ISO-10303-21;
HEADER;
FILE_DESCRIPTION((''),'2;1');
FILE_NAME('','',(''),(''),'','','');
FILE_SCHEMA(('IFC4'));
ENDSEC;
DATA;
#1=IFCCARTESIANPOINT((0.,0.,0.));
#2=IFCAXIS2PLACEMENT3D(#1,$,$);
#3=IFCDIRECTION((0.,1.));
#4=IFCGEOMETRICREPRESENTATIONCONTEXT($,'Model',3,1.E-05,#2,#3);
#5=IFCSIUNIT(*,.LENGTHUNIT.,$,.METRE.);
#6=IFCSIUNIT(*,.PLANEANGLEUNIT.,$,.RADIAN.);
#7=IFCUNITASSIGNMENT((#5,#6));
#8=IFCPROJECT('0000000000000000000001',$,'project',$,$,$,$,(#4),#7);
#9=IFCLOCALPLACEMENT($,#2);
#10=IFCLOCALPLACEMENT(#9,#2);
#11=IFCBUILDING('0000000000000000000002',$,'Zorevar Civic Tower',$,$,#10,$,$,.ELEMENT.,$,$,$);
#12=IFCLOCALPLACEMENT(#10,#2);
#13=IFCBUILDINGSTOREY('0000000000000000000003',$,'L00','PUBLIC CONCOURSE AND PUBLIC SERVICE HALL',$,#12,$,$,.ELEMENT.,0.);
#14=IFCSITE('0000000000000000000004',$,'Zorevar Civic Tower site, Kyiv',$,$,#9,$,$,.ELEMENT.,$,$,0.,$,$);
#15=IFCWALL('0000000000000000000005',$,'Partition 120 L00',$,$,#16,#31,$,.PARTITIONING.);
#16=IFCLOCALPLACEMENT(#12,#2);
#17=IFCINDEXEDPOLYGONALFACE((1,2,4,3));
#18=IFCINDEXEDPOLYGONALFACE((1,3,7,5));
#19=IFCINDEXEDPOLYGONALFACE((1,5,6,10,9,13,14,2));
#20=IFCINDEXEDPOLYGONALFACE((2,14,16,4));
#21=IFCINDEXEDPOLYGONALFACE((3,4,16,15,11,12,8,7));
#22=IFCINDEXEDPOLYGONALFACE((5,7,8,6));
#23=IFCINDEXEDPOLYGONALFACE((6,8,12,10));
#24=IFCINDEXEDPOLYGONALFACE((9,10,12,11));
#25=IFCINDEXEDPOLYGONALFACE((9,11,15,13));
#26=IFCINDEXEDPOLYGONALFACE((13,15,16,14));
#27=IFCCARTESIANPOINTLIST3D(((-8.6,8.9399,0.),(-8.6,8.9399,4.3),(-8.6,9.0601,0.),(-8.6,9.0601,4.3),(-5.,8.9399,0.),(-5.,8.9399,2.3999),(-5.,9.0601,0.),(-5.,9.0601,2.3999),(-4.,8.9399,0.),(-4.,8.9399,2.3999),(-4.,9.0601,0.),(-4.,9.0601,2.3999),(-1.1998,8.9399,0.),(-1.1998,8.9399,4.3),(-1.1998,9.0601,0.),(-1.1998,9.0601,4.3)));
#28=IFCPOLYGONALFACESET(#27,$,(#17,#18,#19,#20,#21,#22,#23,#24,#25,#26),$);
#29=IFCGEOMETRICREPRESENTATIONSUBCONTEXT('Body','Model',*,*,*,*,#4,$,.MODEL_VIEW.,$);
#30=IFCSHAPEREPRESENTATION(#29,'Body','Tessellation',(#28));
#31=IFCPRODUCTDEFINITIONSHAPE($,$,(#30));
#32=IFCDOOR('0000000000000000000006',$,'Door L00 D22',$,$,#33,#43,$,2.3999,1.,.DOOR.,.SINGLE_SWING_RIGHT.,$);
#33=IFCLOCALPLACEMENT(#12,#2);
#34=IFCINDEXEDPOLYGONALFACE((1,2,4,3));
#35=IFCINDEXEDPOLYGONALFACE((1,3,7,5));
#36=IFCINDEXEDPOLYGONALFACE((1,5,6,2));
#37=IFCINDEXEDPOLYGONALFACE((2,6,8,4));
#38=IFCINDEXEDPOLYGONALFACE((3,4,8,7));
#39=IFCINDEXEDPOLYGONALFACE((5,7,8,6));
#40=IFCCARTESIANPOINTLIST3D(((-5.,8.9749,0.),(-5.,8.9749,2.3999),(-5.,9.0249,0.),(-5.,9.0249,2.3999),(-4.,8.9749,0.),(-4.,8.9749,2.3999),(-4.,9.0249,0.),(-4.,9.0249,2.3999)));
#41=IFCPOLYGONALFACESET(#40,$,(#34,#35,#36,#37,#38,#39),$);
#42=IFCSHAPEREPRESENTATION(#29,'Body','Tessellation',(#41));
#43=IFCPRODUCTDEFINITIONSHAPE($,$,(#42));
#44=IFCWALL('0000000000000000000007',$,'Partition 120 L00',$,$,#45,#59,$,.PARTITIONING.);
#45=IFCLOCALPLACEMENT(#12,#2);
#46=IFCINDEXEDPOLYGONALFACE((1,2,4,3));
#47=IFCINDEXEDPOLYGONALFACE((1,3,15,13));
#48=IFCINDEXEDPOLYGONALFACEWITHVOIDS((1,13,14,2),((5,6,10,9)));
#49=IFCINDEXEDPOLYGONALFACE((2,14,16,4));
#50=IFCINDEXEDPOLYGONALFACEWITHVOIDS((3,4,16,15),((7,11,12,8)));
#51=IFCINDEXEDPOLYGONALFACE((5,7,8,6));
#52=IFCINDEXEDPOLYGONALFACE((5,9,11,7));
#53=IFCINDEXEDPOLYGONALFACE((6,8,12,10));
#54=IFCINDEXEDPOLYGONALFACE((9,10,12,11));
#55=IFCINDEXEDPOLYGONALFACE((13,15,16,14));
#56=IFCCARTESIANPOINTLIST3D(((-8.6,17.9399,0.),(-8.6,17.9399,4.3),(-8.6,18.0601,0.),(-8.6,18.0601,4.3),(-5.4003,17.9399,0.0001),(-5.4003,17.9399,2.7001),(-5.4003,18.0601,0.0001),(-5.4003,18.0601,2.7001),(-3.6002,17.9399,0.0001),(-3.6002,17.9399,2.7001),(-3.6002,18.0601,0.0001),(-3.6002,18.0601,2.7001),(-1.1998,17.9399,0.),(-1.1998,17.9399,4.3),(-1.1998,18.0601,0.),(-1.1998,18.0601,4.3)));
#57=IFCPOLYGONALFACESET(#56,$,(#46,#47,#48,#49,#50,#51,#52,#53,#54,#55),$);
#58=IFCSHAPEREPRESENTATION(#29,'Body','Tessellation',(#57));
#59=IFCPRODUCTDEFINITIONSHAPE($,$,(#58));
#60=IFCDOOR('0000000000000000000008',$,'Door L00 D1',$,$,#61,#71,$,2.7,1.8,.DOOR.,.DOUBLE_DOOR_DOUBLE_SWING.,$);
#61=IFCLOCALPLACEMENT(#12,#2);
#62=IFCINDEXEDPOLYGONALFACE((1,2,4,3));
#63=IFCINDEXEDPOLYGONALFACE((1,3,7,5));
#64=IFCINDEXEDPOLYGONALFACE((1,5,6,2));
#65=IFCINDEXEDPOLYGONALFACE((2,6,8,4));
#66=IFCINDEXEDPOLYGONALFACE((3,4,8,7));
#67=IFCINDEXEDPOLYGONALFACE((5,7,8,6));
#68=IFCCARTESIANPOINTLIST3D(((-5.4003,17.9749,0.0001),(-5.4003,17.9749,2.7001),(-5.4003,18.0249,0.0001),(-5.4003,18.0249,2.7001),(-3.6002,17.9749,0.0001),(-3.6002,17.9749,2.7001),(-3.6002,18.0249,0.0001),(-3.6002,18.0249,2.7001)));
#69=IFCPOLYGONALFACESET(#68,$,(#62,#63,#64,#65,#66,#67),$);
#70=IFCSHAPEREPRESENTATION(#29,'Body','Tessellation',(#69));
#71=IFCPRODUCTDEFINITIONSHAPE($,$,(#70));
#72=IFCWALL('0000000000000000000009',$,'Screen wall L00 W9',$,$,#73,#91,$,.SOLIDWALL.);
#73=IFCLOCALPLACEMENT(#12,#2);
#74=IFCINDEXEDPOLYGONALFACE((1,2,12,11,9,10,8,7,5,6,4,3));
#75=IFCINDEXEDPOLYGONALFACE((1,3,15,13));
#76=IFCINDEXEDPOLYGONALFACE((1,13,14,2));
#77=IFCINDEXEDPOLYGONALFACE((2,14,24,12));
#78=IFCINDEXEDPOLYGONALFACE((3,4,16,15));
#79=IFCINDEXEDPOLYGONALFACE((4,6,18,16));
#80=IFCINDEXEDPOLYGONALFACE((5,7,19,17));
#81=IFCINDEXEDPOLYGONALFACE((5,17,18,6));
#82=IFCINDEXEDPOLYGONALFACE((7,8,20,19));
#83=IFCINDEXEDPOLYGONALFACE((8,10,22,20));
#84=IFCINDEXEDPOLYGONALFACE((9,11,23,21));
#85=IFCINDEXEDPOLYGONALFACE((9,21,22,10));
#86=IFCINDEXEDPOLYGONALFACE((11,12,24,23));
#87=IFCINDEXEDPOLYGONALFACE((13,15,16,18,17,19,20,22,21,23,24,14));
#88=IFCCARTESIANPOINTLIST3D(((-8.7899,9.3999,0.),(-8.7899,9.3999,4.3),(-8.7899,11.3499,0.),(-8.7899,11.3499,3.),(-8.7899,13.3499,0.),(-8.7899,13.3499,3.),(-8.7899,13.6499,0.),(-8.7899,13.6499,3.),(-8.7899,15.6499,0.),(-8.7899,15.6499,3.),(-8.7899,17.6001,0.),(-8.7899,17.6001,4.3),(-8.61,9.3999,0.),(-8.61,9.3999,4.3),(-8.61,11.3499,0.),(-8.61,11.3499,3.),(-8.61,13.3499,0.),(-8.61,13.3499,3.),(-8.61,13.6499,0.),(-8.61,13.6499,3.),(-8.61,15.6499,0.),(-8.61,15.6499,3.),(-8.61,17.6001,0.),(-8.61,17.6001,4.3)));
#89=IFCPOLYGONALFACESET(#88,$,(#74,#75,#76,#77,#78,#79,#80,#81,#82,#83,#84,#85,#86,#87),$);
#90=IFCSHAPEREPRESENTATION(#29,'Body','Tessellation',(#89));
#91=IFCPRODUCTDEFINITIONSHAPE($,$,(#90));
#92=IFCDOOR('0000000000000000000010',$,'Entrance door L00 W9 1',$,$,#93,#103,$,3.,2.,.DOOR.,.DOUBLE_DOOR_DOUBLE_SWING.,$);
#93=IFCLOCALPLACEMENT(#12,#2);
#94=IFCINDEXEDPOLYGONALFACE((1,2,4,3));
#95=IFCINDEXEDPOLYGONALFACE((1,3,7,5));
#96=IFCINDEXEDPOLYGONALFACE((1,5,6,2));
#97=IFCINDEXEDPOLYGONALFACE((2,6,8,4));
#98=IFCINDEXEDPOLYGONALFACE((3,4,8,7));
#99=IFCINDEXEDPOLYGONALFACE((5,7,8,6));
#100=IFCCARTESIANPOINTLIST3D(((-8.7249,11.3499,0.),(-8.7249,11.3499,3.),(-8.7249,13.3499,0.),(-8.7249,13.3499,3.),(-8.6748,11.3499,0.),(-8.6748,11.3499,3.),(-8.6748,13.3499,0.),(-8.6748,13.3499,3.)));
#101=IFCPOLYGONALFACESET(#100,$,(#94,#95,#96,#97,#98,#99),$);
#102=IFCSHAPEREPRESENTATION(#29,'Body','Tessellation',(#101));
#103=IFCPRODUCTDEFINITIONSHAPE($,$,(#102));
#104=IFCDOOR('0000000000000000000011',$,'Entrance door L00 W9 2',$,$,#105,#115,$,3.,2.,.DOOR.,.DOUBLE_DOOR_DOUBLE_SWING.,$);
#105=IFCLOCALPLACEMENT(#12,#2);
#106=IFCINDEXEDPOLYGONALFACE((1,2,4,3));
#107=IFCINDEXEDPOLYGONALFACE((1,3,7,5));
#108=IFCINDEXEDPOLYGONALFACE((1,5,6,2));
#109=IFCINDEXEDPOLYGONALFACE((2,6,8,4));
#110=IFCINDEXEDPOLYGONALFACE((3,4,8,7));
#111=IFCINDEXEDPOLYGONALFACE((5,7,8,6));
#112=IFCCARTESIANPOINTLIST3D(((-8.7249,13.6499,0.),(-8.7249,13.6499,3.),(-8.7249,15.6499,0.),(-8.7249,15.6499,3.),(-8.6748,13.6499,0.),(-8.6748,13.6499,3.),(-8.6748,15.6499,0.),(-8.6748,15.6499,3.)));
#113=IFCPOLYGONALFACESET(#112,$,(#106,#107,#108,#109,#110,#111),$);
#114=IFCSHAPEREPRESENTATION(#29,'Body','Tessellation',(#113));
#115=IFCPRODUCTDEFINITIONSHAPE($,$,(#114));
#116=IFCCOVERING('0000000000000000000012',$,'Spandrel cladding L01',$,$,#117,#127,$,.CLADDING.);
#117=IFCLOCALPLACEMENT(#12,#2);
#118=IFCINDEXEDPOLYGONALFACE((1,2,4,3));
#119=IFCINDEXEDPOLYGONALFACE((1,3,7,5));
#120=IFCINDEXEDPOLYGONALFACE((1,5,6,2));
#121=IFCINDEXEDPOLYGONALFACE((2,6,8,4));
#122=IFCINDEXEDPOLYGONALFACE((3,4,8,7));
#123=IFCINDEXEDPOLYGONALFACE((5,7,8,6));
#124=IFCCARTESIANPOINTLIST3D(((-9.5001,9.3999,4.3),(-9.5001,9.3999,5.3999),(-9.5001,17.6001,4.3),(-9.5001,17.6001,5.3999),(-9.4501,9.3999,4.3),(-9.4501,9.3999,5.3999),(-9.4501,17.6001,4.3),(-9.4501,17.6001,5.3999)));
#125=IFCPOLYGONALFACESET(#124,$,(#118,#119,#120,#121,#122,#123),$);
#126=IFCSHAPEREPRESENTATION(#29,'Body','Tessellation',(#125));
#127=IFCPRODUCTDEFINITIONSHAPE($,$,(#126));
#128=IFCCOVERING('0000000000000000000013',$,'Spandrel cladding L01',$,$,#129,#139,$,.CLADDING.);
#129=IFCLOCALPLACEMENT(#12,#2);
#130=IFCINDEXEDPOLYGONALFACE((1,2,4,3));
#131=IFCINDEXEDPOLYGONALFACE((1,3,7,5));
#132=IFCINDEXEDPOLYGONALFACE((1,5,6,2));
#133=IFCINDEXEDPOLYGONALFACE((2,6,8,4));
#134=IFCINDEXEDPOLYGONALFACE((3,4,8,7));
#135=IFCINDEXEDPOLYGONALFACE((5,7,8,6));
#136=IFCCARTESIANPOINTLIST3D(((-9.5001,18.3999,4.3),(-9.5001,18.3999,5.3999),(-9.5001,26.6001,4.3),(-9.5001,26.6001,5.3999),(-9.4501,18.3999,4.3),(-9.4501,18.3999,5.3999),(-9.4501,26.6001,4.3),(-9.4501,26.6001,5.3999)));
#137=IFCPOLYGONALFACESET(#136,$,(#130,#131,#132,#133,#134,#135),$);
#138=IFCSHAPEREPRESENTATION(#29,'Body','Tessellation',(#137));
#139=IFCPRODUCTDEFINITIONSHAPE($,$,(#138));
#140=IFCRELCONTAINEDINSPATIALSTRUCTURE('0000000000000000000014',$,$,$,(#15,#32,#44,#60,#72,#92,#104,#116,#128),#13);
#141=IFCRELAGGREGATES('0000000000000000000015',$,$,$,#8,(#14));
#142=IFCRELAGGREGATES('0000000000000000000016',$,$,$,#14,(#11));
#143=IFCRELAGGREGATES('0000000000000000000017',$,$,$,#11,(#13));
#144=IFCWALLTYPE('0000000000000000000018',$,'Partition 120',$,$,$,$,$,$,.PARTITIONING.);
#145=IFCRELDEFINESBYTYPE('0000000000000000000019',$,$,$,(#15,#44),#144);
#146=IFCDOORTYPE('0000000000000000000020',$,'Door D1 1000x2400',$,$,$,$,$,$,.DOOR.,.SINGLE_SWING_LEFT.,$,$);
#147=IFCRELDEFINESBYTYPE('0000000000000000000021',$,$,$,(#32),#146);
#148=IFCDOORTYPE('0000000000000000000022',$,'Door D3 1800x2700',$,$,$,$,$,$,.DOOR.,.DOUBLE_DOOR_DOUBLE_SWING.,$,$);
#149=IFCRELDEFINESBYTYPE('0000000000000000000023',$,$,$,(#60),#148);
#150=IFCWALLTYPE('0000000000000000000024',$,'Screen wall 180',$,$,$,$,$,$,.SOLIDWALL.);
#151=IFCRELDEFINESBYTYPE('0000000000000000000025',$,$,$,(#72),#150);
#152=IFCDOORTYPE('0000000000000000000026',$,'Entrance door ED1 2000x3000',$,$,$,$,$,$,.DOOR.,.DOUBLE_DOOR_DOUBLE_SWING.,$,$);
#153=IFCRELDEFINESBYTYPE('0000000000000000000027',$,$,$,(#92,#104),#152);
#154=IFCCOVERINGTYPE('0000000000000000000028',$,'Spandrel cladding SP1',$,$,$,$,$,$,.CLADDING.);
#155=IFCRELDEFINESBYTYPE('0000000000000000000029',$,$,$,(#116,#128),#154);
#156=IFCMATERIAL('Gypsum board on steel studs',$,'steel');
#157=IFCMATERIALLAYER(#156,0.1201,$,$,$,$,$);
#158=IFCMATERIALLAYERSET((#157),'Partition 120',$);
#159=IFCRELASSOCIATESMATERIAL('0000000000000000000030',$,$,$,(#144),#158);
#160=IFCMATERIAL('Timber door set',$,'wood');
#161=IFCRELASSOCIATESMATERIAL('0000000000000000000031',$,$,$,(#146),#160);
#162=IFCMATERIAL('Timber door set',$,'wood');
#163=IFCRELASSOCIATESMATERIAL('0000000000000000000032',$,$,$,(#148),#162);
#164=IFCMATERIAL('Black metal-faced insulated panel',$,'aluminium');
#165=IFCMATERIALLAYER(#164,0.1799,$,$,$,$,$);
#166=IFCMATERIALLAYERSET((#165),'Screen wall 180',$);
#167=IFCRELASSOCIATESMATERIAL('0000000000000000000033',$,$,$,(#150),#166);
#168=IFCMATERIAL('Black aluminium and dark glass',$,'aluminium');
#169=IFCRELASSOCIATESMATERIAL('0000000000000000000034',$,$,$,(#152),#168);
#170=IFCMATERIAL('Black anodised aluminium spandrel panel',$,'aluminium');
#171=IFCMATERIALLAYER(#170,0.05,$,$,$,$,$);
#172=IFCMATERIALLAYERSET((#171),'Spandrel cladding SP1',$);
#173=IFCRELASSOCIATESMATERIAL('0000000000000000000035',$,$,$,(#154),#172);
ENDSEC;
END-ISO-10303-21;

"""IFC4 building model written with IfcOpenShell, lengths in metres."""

from ifc_helpers import new_model, si_unit, direction, frame, frame_2d, origin, place, context, subcontext, project, spatial, rectangle, extrude, material, layer, layer_set, type_object, element, fill, save


model = new_model("IFC4")

# Units and contexts
model_context = context("Model", 3, precision=1e-05, world=origin(), true_north=direction((0.0, 1.0)))
body_context = subcontext(model_context, "Body", "Model", "MODEL_VIEW")
ifc_project = project(units=[si_unit("LENGTHUNIT", "METRE"), si_unit("PLANEANGLEUNIT", "RADIAN")], contexts=[model_context])

# Site, building, storey
site_placement = place(None, origin())
site = spatial("IfcSite", under=ifc_project, at=site_placement, Name="Zorevar Civic Tower site, Kyiv", CompositionType="ELEMENT", RefElevation=0.0)
building_placement = place(site_placement, origin())
building = spatial("IfcBuilding", under=site, at=building_placement, Name="Zorevar Civic Tower", CompositionType="ELEMENT")
storey_placement = place(building_placement, origin())
storey = spatial("IfcBuildingStorey", under=building, at=storey_placement, Name="L00", Description="PUBLIC CONCOURSE AND PUBLIC SERVICE HALL", CompositionType="ELEMENT", Elevation=0.0)

# Walls, openings, doors
ifc_material_1 = material(Name="Gypsum board on steel studs", Category="steel")
ifc_layer_1 = layer(ifc_material_1, 0.1201)
ifc_layer_set_1 = layer_set([ifc_layer_1], Name="Partition 120")
wall_type_1 = type_object("IfcWallType", Name="Partition 120", PredefinedType="PARTITIONING", material=ifc_layer_set_1)
wall_1_placement = place(storey_placement, frame((-8.6001, 9.0, 0.0), z_axis=(0.0, 0.0, 1.0), x_axis=(1.0, 0.0, 0.0)))
wall_1 = element("IfcWall", 1, at=wall_1_placement, inside=storey, type_object=wall_type_1, Name="Partition 120 L00", PredefinedType="PARTITIONING", context=body_context, shape_type="SweptSolid", body=[
    extrude(rectangle(XDim=7.4001, YDim=0.1201, at=frame_2d((3.7002, 0.0))), origin(), (0.0, 0.0, 1.0), 4.3),
])
opening_1_placement = place(wall_1_placement, frame((3.6001, 0.0, 0.0)))
opening_1 = element("IfcOpeningElement", 2, at=opening_1_placement, cuts=wall_1, PredefinedType="OPENING", context=body_context, shape_type="SweptSolid", body=[
    extrude(rectangle(XDim=1.0, YDim=2.3999, at=frame_2d((0.5, 1.2))), frame((0.0, 0.0701, 0.0), z_axis=(0.0, -1.0, 0.0), x_axis=(1.0, 0.0, 0.0)), (0.0, 0.0, 1.0), 0.1401),
])
ifc_material_2 = material(Name="Timber door set", Category="wood")
door_type_1 = type_object("IfcDoorType", Name="Door D1 1000x2400", OperationType="SINGLE_SWING_LEFT", PredefinedType="DOOR", material=ifc_material_2)
door_1_placement = place(opening_1_placement, origin())
door_1 = element("IfcDoor", 3, at=door_1_placement, inside=storey, type_object=door_type_1, Name="Door L00 D22", OperationType="SINGLE_SWING_RIGHT", OverallHeight=2.3999, OverallWidth=1.0, PredefinedType="DOOR", context=body_context, shape_type="SweptSolid", body=[
    extrude(rectangle(XDim=1.0, YDim=2.3999, at=frame_2d((0.5, 1.2))), frame((0.0, 0.0249, 0.0), z_axis=(0.0, -1.0, 0.0), x_axis=(1.0, 0.0, 0.0)), (0.0, 0.0, 1.0), 0.05),
])
fill(opening_1, door_1)
wall_2_placement = place(storey_placement, frame((-8.6001, 18.0, 0.0), z_axis=(0.0, 0.0, 1.0), x_axis=(1.0, 0.0, 0.0)))
wall_2 = element("IfcWall", 4, at=wall_2_placement, inside=storey, type_object=wall_type_1, Name="Partition 120 L00", PredefinedType="PARTITIONING", context=body_context, shape_type="SweptSolid", body=[
    extrude(rectangle(XDim=7.4001, YDim=0.1201, at=frame_2d((3.7002, 0.0))), origin(), (0.0, 0.0, 1.0), 4.3),
])
opening_2_placement = place(wall_2_placement, frame((3.2, 0.0, 0.0)))
opening_2 = element("IfcOpeningElement", 5, at=opening_2_placement, cuts=wall_2, PredefinedType="OPENING", context=body_context, shape_type="SweptSolid", body=[
    extrude(rectangle(XDim=1.8, YDim=2.7, at=frame_2d((0.8999, 1.3501))), frame((0.0, 0.0701, 0.0), z_axis=(0.0, -1.0, 0.0), x_axis=(1.0, 0.0, 0.0)), (0.0, 0.0, 1.0), 0.1401),
])
ifc_material_3 = material(Name="Timber door set", Category="wood")
door_type_2 = type_object("IfcDoorType", Name="Door D3 1800x2700", OperationType="DOUBLE_DOOR_DOUBLE_SWING", PredefinedType="DOOR", material=ifc_material_3)
door_2_placement = place(opening_2_placement, origin())
door_2 = element("IfcDoor", 6, at=door_2_placement, inside=storey, type_object=door_type_2, Name="Door L00 D1", OperationType="DOUBLE_DOOR_DOUBLE_SWING", OverallHeight=2.7, OverallWidth=1.8, PredefinedType="DOOR", context=body_context, shape_type="SweptSolid", body=[
    extrude(rectangle(XDim=1.8, YDim=2.7, at=frame_2d((0.8999, 1.3501))), frame((0.0, 0.0249, 0.0), z_axis=(0.0, -1.0, 0.0), x_axis=(1.0, 0.0, 0.0)), (0.0, 0.0, 1.0), 0.05),
])
fill(opening_2, door_2)

# Wall, openings, doors
ifc_material_4 = material(Name="Black metal-faced insulated panel", Category="aluminium")
ifc_layer_2 = layer(ifc_material_4, 0.1799)
ifc_layer_set_2 = layer_set([ifc_layer_2], Name="Screen wall 180")
wall_type_2 = type_object("IfcWallType", Name="Screen wall 180", PredefinedType="SOLIDWALL", material=ifc_layer_set_2)
wall_3_placement = place(storey_placement, frame((-8.7, 9.3999, 0.0), z_axis=(0.0, 0.0, 1.0), x_axis=(0.0, 1.0, 0.0)))
wall_3 = element("IfcWall", 7, at=wall_3_placement, inside=storey, type_object=wall_type_2, Name="Screen wall L00 W9", PredefinedType="SOLIDWALL", context=body_context, shape_type="SweptSolid", body=[
    extrude(rectangle(XDim=8.2002, YDim=0.1799, at=frame_2d((4.1001, 0.0))), origin(), (0.0, 0.0, 1.0), 4.3),
])
opening_3_placement = place(wall_3_placement, frame((1.95, 0.0, 0.0)))
opening_3 = element("IfcOpeningElement", 8, at=opening_3_placement, cuts=wall_3, PredefinedType="OPENING", context=body_context, shape_type="SweptSolid", body=[
    extrude(rectangle(XDim=2.0, YDim=3.0, at=frame_2d((1.0, 1.5))), frame((0.0, 0.0999, 0.0), z_axis=(0.0, -1.0, 0.0), x_axis=(1.0, 0.0, 0.0)), (0.0, 0.0, 1.0), 0.2),
])
opening_4_placement = place(wall_3_placement, frame((4.25, 0.0, 0.0)))
opening_4 = element("IfcOpeningElement", 9, at=opening_4_placement, cuts=wall_3, PredefinedType="OPENING", context=body_context, shape_type="SweptSolid", body=[
    extrude(rectangle(XDim=2.0, YDim=3.0, at=frame_2d((1.0, 1.5))), frame((0.0, 0.0999, 0.0), z_axis=(0.0, -1.0, 0.0), x_axis=(1.0, 0.0, 0.0)), (0.0, 0.0, 1.0), 0.2),
])
ifc_material_5 = material(Name="Black aluminium and dark glass", Category="aluminium")
door_type_3 = type_object("IfcDoorType", Name="Entrance door ED1 2000x3000", OperationType="DOUBLE_DOOR_DOUBLE_SWING", PredefinedType="DOOR", material=ifc_material_5)
door_3_placement = place(opening_3_placement, origin())
door_3 = element("IfcDoor", 10, at=door_3_placement, inside=storey, type_object=door_type_3, Name="Entrance door L00 W9 1", OperationType="DOUBLE_DOOR_DOUBLE_SWING", OverallHeight=3.0, OverallWidth=2.0, PredefinedType="DOOR", context=body_context, shape_type="SweptSolid", body=[
    extrude(rectangle(XDim=2.0, YDim=3.0, at=frame_2d((1.0, 1.5))), frame((0.0, 0.0249, 0.0), z_axis=(0.0, -1.0, 0.0), x_axis=(1.0, 0.0, 0.0)), (0.0, 0.0, 1.0), 0.05),
])
fill(opening_3, door_3)
door_4_placement = place(opening_4_placement, origin())
door_4 = element("IfcDoor", 11, at=door_4_placement, inside=storey, type_object=door_type_3, Name="Entrance door L00 W9 2", OperationType="DOUBLE_DOOR_DOUBLE_SWING", OverallHeight=3.0, OverallWidth=2.0, PredefinedType="DOOR", context=body_context, shape_type="SweptSolid", body=[
    extrude(rectangle(XDim=2.0, YDim=3.0, at=frame_2d((1.0, 1.5))), frame((0.0, 0.0249, 0.0), z_axis=(0.0, -1.0, 0.0), x_axis=(1.0, 0.0, 0.0)), (0.0, 0.0, 1.0), 0.05),
])
fill(opening_4, door_4)

# Coverings
ifc_material_6 = material(Name="Black anodised aluminium spandrel panel", Category="aluminium")
ifc_layer_3 = layer(ifc_material_6, 0.05)
ifc_layer_set_3 = layer_set([ifc_layer_3], Name="Spandrel cladding SP1")
covering_type = type_object("IfcCoveringType", Name="Spandrel cladding SP1", PredefinedType="CLADDING", material=ifc_layer_set_3)
for number, where, z_axis, x_axis, name in (
    (12, (-9.4751, 9.3999, 4.3), (0.0, 0.0, 1.0), (0.0, 1.0, 0.0), "Spandrel cladding L01"),
    (13, (-9.4751, 18.3999, 4.3), (0.0, 0.0, 1.0), (0.0, 1.0, 0.0), "Spandrel cladding L01"),
):
    element("IfcCovering", number, at=place(storey_placement, frame(where, z_axis=z_axis, x_axis=x_axis)), inside=storey, type_object=covering_type, Name=name, PredefinedType="CLADDING", context=body_context, shape_type="SweptSolid", body=[
        extrude(rectangle(XDim=8.2002, YDim=0.05, at=frame_2d((4.1001, 0.0))), origin(), (0.0, 0.0, 1.0), 1.0999),
    ])

save(model, "model.ifc")
